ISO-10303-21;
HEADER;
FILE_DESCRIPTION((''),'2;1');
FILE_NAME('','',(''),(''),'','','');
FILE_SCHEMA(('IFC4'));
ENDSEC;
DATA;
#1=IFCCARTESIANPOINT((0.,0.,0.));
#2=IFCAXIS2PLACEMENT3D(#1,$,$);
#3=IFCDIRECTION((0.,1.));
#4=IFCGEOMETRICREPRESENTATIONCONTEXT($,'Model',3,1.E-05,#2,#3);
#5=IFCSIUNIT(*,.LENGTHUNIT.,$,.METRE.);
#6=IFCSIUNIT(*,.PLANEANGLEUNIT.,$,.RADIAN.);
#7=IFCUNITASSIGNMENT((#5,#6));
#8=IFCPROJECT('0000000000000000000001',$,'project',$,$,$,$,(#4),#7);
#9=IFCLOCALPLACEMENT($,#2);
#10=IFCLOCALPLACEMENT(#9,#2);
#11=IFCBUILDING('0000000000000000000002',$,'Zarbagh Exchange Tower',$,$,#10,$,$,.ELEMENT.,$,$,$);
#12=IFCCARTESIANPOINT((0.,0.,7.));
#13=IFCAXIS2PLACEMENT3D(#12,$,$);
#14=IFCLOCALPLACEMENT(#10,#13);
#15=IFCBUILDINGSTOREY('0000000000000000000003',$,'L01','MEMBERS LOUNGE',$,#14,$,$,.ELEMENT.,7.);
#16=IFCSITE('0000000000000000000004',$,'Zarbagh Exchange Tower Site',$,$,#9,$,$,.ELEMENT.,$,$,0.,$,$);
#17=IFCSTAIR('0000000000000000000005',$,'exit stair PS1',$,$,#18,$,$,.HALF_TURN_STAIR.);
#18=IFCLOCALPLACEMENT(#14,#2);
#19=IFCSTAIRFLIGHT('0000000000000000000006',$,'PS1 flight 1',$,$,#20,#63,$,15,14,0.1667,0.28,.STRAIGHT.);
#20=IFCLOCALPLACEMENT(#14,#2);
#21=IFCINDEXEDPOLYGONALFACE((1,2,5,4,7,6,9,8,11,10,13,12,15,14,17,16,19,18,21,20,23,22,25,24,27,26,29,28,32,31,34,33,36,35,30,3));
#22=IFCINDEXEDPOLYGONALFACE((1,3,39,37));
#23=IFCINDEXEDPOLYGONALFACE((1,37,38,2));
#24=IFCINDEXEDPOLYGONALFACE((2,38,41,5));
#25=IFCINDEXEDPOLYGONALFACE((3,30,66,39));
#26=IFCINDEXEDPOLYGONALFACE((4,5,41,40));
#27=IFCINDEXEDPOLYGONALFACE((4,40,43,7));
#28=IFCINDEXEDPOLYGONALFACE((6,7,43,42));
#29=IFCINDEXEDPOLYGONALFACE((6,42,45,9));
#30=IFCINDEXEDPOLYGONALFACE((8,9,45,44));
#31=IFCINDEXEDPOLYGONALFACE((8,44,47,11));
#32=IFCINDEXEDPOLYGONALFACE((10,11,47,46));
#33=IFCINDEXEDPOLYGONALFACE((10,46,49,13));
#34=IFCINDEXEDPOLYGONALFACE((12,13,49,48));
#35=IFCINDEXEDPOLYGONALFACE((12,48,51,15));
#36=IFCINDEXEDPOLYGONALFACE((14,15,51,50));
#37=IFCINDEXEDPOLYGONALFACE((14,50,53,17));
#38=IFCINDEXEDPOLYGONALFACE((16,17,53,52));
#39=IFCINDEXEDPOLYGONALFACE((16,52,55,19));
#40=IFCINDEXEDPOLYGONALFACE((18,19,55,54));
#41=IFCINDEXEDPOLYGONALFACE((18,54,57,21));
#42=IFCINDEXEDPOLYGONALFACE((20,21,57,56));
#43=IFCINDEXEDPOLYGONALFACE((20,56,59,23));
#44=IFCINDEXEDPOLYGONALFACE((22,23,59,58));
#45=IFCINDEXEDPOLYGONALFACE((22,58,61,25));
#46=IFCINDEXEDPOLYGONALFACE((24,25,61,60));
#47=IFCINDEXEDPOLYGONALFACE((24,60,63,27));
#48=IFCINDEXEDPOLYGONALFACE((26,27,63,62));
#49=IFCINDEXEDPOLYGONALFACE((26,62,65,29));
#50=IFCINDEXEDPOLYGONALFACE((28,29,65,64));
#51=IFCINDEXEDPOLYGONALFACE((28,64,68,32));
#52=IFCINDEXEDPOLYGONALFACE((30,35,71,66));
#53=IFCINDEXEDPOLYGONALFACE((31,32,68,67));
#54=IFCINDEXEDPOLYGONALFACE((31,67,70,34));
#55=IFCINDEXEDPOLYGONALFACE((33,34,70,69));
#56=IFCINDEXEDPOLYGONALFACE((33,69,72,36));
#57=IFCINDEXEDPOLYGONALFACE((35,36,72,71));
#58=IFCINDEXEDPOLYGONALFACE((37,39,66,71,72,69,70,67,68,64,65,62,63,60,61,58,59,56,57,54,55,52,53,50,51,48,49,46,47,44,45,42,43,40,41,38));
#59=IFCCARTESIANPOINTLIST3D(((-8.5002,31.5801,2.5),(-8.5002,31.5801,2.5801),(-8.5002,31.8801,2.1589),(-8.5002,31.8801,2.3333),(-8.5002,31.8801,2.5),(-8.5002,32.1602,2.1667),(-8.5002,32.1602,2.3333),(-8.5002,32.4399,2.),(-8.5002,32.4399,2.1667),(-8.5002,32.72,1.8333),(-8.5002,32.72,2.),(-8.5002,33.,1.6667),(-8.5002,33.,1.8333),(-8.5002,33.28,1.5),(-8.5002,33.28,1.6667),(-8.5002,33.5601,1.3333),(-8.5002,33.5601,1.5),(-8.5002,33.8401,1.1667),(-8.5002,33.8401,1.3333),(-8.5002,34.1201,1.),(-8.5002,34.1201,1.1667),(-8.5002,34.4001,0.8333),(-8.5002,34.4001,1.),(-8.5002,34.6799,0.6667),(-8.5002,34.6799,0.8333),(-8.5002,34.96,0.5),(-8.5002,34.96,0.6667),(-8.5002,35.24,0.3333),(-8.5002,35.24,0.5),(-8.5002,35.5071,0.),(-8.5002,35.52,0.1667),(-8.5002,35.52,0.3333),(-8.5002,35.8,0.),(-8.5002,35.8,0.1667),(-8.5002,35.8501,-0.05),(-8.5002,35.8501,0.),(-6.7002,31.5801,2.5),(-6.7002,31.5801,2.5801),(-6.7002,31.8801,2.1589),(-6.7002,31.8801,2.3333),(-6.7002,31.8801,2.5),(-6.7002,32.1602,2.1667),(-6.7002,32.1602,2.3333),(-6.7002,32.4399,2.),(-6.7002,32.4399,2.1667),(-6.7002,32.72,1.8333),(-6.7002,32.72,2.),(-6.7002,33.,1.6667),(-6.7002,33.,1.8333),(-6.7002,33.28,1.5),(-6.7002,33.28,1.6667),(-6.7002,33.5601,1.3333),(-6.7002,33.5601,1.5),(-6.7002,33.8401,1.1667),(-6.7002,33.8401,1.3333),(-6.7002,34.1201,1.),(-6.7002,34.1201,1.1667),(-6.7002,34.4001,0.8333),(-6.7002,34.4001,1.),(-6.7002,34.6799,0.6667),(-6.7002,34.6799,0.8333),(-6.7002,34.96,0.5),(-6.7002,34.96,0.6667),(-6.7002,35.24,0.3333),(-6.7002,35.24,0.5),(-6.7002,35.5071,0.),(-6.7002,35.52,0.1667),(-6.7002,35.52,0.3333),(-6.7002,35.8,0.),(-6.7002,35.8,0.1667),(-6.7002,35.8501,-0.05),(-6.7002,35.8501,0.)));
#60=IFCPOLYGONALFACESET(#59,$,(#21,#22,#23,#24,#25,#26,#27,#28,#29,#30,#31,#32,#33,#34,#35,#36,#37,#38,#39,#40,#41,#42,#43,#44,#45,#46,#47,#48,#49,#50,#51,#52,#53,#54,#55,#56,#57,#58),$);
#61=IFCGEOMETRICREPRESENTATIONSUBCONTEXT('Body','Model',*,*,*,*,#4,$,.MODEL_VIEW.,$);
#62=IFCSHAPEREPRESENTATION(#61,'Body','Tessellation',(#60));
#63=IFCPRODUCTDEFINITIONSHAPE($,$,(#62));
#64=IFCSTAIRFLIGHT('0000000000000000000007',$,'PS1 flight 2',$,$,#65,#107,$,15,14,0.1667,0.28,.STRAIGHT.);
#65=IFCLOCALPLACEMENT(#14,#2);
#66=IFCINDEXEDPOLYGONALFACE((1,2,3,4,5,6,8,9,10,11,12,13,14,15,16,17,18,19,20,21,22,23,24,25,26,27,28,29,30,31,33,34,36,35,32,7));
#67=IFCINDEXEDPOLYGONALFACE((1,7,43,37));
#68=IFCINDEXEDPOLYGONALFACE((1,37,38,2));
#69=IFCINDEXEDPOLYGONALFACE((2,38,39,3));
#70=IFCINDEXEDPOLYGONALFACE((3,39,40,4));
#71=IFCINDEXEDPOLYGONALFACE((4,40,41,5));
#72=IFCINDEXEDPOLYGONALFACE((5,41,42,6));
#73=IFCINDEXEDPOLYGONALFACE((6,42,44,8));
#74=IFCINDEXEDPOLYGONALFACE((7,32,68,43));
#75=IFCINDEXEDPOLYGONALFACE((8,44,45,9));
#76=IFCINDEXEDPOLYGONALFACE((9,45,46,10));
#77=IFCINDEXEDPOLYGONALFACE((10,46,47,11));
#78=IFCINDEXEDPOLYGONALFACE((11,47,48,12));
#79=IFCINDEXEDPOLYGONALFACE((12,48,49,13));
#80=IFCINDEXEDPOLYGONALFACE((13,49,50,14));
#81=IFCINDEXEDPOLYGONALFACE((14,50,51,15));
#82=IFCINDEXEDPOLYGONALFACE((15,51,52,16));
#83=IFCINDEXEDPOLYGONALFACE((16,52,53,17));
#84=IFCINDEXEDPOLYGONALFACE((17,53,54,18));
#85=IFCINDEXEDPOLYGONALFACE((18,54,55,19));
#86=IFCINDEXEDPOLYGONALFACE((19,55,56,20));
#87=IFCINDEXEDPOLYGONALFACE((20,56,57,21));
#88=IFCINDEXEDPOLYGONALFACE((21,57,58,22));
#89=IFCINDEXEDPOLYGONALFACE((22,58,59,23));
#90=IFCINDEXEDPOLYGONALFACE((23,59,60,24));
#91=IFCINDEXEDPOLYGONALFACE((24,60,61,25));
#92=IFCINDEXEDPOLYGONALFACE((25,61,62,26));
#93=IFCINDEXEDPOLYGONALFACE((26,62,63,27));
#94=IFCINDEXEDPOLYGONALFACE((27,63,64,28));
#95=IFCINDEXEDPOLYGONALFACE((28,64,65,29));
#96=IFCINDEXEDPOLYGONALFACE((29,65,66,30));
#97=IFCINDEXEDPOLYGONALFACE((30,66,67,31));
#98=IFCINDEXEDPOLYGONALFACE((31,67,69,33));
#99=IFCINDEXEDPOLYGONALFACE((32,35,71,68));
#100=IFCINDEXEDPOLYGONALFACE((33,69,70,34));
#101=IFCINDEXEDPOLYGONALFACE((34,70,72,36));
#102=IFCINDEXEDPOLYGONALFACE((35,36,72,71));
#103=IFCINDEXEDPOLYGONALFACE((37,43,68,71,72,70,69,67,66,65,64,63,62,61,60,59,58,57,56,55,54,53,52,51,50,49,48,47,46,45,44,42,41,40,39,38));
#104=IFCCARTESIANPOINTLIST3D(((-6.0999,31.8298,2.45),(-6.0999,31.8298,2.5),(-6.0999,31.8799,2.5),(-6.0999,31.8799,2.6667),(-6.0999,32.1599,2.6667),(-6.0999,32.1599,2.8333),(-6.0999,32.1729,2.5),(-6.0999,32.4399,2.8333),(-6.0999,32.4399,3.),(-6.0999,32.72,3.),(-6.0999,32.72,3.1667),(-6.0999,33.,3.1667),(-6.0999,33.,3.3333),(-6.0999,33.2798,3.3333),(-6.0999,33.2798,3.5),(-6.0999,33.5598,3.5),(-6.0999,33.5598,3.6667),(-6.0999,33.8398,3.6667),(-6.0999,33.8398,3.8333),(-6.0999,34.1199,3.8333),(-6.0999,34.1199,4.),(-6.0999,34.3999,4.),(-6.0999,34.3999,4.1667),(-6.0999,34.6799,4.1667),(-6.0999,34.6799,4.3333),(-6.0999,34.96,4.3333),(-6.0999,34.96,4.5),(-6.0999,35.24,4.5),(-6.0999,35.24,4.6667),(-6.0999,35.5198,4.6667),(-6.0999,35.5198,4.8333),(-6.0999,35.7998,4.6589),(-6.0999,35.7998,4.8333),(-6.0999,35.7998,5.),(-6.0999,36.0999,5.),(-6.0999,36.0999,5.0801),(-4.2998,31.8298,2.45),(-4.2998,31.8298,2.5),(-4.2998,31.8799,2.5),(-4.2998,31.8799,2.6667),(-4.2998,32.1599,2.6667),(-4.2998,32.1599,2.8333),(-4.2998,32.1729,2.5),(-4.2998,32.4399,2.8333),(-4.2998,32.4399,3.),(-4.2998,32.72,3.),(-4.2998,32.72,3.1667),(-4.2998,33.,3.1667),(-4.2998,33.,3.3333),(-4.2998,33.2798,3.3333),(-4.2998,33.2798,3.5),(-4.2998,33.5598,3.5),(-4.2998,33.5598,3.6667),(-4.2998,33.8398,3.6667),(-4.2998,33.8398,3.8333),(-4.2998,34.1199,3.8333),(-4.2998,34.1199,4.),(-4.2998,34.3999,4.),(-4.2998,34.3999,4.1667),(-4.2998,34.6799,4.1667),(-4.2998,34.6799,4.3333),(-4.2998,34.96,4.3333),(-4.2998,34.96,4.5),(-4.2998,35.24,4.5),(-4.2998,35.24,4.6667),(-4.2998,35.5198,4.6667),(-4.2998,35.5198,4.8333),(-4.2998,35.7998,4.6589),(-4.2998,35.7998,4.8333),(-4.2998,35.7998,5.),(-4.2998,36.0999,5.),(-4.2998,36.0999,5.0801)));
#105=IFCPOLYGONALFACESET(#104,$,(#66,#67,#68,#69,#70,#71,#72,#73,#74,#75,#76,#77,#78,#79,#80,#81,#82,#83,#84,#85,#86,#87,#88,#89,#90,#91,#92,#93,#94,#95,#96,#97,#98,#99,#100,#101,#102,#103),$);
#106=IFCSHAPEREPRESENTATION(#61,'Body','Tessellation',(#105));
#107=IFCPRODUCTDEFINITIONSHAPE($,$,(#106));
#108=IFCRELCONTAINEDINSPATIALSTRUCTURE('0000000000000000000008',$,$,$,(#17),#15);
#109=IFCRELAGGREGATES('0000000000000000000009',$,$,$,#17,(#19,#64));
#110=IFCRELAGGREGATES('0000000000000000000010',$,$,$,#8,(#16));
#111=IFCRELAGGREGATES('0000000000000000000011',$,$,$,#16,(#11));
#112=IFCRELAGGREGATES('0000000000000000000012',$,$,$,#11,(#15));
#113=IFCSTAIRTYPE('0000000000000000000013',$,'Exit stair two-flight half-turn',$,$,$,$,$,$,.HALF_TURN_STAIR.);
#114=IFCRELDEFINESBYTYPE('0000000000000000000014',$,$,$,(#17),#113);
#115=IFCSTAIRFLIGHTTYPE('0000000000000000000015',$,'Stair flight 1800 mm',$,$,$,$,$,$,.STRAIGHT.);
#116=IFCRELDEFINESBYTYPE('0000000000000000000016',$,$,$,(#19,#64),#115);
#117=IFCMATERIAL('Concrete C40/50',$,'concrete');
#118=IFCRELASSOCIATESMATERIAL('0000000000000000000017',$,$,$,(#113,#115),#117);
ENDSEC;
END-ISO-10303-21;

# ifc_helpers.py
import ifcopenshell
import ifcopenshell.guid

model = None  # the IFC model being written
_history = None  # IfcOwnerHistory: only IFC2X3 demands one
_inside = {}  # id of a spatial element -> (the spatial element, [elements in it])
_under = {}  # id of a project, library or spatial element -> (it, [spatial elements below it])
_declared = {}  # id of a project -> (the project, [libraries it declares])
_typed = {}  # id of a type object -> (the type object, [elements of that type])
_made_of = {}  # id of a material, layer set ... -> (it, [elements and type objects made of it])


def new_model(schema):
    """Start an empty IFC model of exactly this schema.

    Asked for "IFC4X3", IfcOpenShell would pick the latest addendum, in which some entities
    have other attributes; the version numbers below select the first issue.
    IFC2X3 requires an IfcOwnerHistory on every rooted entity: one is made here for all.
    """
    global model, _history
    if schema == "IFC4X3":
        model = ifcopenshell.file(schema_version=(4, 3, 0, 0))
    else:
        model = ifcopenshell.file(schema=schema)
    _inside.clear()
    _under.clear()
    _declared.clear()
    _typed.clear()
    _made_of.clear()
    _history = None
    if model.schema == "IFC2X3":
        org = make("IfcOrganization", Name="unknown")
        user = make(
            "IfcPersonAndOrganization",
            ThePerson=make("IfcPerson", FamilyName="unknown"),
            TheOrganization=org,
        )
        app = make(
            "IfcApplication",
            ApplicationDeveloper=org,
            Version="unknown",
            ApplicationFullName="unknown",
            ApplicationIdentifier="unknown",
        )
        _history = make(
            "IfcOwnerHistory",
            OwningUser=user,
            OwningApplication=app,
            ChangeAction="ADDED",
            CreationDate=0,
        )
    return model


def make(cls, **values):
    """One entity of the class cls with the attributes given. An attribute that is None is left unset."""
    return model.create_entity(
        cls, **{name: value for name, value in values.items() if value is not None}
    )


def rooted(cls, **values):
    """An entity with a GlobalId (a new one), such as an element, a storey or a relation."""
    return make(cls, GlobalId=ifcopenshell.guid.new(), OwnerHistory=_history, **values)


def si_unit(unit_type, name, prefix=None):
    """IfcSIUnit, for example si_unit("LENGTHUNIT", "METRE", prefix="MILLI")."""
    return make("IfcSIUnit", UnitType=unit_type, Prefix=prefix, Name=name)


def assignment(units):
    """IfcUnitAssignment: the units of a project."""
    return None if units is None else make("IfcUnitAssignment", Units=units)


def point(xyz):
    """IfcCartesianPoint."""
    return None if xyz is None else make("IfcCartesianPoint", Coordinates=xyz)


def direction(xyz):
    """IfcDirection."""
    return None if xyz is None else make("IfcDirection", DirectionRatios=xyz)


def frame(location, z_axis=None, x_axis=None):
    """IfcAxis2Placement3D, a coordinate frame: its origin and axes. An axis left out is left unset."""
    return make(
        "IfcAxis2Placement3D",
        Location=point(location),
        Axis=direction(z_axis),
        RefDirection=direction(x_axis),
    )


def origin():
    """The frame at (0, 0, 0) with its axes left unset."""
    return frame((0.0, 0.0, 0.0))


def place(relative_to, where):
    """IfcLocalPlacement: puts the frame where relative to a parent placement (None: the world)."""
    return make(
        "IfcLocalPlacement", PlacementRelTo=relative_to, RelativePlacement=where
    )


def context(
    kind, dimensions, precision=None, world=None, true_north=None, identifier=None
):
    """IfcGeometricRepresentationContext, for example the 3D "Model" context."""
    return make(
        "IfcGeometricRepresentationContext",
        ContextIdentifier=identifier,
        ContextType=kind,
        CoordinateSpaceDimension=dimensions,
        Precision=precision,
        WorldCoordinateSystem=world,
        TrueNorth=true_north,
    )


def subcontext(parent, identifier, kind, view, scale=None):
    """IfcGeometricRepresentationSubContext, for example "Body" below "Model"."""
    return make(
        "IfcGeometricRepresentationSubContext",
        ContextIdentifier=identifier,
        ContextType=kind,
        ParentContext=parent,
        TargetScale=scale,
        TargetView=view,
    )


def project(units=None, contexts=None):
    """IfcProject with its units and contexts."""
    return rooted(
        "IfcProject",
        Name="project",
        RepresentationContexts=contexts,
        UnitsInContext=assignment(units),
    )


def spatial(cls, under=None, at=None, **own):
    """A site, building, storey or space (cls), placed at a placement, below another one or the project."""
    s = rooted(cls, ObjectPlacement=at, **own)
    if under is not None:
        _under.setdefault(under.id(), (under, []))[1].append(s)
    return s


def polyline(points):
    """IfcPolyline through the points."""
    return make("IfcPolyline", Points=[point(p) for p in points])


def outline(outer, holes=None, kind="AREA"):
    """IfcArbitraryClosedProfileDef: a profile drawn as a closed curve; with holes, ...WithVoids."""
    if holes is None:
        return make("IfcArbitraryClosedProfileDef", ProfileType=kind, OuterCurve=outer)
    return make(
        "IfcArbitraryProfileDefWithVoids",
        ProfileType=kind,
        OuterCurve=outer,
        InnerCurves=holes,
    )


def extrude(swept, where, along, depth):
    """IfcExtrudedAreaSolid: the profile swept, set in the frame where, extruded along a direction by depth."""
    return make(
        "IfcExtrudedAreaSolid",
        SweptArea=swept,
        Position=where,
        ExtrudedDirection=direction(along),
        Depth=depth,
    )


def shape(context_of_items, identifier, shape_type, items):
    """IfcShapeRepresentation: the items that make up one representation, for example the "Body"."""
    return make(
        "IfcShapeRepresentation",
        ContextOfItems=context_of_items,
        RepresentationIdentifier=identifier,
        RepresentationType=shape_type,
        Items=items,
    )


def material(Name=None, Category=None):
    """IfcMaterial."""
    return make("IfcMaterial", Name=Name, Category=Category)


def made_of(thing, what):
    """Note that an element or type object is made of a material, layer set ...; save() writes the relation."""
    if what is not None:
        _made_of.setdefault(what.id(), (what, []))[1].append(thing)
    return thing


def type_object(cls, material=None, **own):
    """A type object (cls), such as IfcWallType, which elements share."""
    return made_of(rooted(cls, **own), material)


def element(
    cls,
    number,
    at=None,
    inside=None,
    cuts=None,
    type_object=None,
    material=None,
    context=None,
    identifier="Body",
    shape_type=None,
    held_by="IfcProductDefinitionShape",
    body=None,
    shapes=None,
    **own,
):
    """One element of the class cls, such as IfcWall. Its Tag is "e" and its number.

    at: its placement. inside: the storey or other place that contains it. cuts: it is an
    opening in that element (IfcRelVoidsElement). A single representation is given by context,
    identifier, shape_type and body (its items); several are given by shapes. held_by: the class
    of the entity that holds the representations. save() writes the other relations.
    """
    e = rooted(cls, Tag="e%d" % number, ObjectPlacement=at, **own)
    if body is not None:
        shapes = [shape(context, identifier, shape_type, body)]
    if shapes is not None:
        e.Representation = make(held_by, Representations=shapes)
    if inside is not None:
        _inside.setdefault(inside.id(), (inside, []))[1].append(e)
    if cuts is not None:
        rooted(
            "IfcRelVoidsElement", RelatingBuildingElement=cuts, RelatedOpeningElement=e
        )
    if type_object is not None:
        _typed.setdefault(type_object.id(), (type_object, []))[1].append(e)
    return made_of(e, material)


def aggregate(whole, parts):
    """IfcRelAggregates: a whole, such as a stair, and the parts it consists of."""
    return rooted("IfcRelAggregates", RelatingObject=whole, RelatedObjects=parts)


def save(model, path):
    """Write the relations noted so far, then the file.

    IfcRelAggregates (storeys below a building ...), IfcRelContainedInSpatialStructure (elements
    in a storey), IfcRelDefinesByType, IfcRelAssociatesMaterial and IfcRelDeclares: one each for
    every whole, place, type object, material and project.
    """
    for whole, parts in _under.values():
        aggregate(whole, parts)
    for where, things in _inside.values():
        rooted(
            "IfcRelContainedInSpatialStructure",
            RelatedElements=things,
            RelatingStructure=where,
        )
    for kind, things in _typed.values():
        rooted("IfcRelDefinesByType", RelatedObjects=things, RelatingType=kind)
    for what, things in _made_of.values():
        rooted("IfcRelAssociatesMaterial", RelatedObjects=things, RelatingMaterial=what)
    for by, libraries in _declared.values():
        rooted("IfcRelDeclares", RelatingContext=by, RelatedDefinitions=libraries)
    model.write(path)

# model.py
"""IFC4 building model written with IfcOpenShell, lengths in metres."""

from ifc_helpers import new_model, si_unit, direction, frame, origin, place, context, subcontext, project, spatial, polyline, outline, extrude, material, type_object, element, aggregate, save


model = new_model("IFC4")

# Units and contexts
model_context = context("Model", 3, precision=1e-05, world=origin(), true_north=direction((0.0, 1.0)))
body_context = subcontext(model_context, "Body", "Model", "MODEL_VIEW")
ifc_project = project(units=[si_unit("LENGTHUNIT", "METRE"), si_unit("PLANEANGLEUNIT", "RADIAN")], contexts=[model_context])

# Site, building, storey
site_placement = place(None, origin())
site = spatial("IfcSite", under=ifc_project, at=site_placement, Name="Zarbagh Exchange Tower Site", CompositionType="ELEMENT", RefElevation=0.0)
building_placement = place(site_placement, origin())
building = spatial("IfcBuilding", under=site, at=building_placement, Name="Zarbagh Exchange Tower", CompositionType="ELEMENT")
storey_placement = place(building_placement, frame((0.0, 0.0, 7.0)))
storey = spatial("IfcBuildingStorey", under=building, at=storey_placement, Name="L01", Description="MEMBERS LOUNGE", CompositionType="ELEMENT", Elevation=7.0)

# Shared definitions
ifc_material_1 = material(Name="Concrete C40/50", Category="concrete")

# Stair, stair flights
stair_type = type_object("IfcStairType", Name="Exit stair two-flight half-turn", PredefinedType="HALF_TURN_STAIR", material=ifc_material_1)
stair_placement = place(storey_placement, origin())
stair = element("IfcStair", 1, at=stair_placement, inside=storey, type_object=stair_type, Name="exit stair PS1", PredefinedType="HALF_TURN_STAIR")
stair_flight_type = type_object("IfcStairFlightType", Name="Stair flight 1800 mm", PredefinedType="STRAIGHT", material=ifc_material_1)
stair_flight_1_placement = place(storey_placement, frame((-7.6001, 35.8, 0.0), z_axis=(0.0, 0.0, 1.0), x_axis=(0.0, -1.0, 0.0)))
stair_flight_1 = element("IfcStairFlight", 2, at=stair_flight_1_placement, type_object=stair_flight_type, Name="PS1 flight 1", NumberOfRisers=15, NumberOfTreads=14, PredefinedType="STRAIGHT", RiserHeight=0.1667, TreadLength=0.28, context=body_context, shape_type="SweptSolid", body=[
    extrude(outline(polyline([(-0.05, -0.05), (-0.05, 0.0), (0.0, 0.0), (0.0, 0.1667), (0.28, 0.1667), (0.28, 0.3333), (0.5601, 0.3333), (0.5601, 0.5), (0.8401, 0.5), (0.8401, 0.6667), (1.1201, 0.6667), (1.1201, 0.8333), (1.3999, 0.8333), (1.3999, 1.0), (1.6799, 1.0), (1.6799, 1.1667), (1.96, 1.1667), (1.96, 1.3333), (2.24, 1.3333), (2.24, 1.5), (2.52, 1.5), (2.52, 1.6667), (2.8, 1.6667), (2.8, 1.8333), (3.0801, 1.8333), (3.0801, 2.0), (3.3601, 2.0), (3.3601, 2.1667), (3.6399, 2.1667), (3.6399, 2.3333), (3.9199, 2.3333), (3.9199, 2.5), (4.22, 2.5801), (4.22, 2.5), (3.9199, 2.1589), (0.293, 0.0), (-0.05, -0.05)])), frame((0.0, 0.8999, 0.0), z_axis=(0.0, -1.0, 0.0), x_axis=(1.0, 0.0, 0.0)), (0.0, 0.0, 1.0), 1.8),
])
stair_flight_2_placement = place(storey_placement, frame((-5.2, 31.8799, 2.5), z_axis=(0.0, 0.0, 1.0), x_axis=(0.0, 1.0, 0.0)))
stair_flight_2 = element("IfcStairFlight", 3, at=stair_flight_2_placement, type_object=stair_flight_type, Name="PS1 flight 2", NumberOfRisers=15, NumberOfTreads=14, PredefinedType="STRAIGHT", RiserHeight=0.1667, TreadLength=0.28, context=body_context, shape_type="SweptSolid", body=[
    extrude(outline(polyline([(-0.05, -0.05), (-0.05, 0.0), (0.0, 0.0), (0.0, 0.1667), (0.28, 0.1667), (0.28, 0.3333), (0.5601, 0.3333), (0.5601, 0.5), (0.8401, 0.5), (0.8401, 0.6667), (1.1201, 0.6667), (1.1201, 0.8333), (1.3999, 0.8333), (1.3999, 1.0), (1.6799, 1.0), (1.6799, 1.1667), (1.96, 1.1667), (1.96, 1.3333), (2.24, 1.3333), (2.24, 1.5), (2.52, 1.5), (2.52, 1.6667), (2.8, 1.6667), (2.8, 1.8333), (3.0801, 1.8333), (3.0801, 2.0), (3.3601, 2.0), (3.3601, 2.1667), (3.6399, 2.1667), (3.6399, 2.3333), (3.9199, 2.3333), (3.9199, 2.5), (4.22, 2.5801), (4.22, 2.5), (3.9199, 2.1589), (0.293, 0.0), (-0.05, -0.05)])), frame((0.0, 0.8999, 0.0), z_axis=(0.0, -1.0, 0.0), x_axis=(1.0, 0.0, 0.0)), (0.0, 0.0, 1.0), 1.8),
])
aggregate(stair, [stair_flight_1, stair_flight_2])

save(model, "model.ifc")
